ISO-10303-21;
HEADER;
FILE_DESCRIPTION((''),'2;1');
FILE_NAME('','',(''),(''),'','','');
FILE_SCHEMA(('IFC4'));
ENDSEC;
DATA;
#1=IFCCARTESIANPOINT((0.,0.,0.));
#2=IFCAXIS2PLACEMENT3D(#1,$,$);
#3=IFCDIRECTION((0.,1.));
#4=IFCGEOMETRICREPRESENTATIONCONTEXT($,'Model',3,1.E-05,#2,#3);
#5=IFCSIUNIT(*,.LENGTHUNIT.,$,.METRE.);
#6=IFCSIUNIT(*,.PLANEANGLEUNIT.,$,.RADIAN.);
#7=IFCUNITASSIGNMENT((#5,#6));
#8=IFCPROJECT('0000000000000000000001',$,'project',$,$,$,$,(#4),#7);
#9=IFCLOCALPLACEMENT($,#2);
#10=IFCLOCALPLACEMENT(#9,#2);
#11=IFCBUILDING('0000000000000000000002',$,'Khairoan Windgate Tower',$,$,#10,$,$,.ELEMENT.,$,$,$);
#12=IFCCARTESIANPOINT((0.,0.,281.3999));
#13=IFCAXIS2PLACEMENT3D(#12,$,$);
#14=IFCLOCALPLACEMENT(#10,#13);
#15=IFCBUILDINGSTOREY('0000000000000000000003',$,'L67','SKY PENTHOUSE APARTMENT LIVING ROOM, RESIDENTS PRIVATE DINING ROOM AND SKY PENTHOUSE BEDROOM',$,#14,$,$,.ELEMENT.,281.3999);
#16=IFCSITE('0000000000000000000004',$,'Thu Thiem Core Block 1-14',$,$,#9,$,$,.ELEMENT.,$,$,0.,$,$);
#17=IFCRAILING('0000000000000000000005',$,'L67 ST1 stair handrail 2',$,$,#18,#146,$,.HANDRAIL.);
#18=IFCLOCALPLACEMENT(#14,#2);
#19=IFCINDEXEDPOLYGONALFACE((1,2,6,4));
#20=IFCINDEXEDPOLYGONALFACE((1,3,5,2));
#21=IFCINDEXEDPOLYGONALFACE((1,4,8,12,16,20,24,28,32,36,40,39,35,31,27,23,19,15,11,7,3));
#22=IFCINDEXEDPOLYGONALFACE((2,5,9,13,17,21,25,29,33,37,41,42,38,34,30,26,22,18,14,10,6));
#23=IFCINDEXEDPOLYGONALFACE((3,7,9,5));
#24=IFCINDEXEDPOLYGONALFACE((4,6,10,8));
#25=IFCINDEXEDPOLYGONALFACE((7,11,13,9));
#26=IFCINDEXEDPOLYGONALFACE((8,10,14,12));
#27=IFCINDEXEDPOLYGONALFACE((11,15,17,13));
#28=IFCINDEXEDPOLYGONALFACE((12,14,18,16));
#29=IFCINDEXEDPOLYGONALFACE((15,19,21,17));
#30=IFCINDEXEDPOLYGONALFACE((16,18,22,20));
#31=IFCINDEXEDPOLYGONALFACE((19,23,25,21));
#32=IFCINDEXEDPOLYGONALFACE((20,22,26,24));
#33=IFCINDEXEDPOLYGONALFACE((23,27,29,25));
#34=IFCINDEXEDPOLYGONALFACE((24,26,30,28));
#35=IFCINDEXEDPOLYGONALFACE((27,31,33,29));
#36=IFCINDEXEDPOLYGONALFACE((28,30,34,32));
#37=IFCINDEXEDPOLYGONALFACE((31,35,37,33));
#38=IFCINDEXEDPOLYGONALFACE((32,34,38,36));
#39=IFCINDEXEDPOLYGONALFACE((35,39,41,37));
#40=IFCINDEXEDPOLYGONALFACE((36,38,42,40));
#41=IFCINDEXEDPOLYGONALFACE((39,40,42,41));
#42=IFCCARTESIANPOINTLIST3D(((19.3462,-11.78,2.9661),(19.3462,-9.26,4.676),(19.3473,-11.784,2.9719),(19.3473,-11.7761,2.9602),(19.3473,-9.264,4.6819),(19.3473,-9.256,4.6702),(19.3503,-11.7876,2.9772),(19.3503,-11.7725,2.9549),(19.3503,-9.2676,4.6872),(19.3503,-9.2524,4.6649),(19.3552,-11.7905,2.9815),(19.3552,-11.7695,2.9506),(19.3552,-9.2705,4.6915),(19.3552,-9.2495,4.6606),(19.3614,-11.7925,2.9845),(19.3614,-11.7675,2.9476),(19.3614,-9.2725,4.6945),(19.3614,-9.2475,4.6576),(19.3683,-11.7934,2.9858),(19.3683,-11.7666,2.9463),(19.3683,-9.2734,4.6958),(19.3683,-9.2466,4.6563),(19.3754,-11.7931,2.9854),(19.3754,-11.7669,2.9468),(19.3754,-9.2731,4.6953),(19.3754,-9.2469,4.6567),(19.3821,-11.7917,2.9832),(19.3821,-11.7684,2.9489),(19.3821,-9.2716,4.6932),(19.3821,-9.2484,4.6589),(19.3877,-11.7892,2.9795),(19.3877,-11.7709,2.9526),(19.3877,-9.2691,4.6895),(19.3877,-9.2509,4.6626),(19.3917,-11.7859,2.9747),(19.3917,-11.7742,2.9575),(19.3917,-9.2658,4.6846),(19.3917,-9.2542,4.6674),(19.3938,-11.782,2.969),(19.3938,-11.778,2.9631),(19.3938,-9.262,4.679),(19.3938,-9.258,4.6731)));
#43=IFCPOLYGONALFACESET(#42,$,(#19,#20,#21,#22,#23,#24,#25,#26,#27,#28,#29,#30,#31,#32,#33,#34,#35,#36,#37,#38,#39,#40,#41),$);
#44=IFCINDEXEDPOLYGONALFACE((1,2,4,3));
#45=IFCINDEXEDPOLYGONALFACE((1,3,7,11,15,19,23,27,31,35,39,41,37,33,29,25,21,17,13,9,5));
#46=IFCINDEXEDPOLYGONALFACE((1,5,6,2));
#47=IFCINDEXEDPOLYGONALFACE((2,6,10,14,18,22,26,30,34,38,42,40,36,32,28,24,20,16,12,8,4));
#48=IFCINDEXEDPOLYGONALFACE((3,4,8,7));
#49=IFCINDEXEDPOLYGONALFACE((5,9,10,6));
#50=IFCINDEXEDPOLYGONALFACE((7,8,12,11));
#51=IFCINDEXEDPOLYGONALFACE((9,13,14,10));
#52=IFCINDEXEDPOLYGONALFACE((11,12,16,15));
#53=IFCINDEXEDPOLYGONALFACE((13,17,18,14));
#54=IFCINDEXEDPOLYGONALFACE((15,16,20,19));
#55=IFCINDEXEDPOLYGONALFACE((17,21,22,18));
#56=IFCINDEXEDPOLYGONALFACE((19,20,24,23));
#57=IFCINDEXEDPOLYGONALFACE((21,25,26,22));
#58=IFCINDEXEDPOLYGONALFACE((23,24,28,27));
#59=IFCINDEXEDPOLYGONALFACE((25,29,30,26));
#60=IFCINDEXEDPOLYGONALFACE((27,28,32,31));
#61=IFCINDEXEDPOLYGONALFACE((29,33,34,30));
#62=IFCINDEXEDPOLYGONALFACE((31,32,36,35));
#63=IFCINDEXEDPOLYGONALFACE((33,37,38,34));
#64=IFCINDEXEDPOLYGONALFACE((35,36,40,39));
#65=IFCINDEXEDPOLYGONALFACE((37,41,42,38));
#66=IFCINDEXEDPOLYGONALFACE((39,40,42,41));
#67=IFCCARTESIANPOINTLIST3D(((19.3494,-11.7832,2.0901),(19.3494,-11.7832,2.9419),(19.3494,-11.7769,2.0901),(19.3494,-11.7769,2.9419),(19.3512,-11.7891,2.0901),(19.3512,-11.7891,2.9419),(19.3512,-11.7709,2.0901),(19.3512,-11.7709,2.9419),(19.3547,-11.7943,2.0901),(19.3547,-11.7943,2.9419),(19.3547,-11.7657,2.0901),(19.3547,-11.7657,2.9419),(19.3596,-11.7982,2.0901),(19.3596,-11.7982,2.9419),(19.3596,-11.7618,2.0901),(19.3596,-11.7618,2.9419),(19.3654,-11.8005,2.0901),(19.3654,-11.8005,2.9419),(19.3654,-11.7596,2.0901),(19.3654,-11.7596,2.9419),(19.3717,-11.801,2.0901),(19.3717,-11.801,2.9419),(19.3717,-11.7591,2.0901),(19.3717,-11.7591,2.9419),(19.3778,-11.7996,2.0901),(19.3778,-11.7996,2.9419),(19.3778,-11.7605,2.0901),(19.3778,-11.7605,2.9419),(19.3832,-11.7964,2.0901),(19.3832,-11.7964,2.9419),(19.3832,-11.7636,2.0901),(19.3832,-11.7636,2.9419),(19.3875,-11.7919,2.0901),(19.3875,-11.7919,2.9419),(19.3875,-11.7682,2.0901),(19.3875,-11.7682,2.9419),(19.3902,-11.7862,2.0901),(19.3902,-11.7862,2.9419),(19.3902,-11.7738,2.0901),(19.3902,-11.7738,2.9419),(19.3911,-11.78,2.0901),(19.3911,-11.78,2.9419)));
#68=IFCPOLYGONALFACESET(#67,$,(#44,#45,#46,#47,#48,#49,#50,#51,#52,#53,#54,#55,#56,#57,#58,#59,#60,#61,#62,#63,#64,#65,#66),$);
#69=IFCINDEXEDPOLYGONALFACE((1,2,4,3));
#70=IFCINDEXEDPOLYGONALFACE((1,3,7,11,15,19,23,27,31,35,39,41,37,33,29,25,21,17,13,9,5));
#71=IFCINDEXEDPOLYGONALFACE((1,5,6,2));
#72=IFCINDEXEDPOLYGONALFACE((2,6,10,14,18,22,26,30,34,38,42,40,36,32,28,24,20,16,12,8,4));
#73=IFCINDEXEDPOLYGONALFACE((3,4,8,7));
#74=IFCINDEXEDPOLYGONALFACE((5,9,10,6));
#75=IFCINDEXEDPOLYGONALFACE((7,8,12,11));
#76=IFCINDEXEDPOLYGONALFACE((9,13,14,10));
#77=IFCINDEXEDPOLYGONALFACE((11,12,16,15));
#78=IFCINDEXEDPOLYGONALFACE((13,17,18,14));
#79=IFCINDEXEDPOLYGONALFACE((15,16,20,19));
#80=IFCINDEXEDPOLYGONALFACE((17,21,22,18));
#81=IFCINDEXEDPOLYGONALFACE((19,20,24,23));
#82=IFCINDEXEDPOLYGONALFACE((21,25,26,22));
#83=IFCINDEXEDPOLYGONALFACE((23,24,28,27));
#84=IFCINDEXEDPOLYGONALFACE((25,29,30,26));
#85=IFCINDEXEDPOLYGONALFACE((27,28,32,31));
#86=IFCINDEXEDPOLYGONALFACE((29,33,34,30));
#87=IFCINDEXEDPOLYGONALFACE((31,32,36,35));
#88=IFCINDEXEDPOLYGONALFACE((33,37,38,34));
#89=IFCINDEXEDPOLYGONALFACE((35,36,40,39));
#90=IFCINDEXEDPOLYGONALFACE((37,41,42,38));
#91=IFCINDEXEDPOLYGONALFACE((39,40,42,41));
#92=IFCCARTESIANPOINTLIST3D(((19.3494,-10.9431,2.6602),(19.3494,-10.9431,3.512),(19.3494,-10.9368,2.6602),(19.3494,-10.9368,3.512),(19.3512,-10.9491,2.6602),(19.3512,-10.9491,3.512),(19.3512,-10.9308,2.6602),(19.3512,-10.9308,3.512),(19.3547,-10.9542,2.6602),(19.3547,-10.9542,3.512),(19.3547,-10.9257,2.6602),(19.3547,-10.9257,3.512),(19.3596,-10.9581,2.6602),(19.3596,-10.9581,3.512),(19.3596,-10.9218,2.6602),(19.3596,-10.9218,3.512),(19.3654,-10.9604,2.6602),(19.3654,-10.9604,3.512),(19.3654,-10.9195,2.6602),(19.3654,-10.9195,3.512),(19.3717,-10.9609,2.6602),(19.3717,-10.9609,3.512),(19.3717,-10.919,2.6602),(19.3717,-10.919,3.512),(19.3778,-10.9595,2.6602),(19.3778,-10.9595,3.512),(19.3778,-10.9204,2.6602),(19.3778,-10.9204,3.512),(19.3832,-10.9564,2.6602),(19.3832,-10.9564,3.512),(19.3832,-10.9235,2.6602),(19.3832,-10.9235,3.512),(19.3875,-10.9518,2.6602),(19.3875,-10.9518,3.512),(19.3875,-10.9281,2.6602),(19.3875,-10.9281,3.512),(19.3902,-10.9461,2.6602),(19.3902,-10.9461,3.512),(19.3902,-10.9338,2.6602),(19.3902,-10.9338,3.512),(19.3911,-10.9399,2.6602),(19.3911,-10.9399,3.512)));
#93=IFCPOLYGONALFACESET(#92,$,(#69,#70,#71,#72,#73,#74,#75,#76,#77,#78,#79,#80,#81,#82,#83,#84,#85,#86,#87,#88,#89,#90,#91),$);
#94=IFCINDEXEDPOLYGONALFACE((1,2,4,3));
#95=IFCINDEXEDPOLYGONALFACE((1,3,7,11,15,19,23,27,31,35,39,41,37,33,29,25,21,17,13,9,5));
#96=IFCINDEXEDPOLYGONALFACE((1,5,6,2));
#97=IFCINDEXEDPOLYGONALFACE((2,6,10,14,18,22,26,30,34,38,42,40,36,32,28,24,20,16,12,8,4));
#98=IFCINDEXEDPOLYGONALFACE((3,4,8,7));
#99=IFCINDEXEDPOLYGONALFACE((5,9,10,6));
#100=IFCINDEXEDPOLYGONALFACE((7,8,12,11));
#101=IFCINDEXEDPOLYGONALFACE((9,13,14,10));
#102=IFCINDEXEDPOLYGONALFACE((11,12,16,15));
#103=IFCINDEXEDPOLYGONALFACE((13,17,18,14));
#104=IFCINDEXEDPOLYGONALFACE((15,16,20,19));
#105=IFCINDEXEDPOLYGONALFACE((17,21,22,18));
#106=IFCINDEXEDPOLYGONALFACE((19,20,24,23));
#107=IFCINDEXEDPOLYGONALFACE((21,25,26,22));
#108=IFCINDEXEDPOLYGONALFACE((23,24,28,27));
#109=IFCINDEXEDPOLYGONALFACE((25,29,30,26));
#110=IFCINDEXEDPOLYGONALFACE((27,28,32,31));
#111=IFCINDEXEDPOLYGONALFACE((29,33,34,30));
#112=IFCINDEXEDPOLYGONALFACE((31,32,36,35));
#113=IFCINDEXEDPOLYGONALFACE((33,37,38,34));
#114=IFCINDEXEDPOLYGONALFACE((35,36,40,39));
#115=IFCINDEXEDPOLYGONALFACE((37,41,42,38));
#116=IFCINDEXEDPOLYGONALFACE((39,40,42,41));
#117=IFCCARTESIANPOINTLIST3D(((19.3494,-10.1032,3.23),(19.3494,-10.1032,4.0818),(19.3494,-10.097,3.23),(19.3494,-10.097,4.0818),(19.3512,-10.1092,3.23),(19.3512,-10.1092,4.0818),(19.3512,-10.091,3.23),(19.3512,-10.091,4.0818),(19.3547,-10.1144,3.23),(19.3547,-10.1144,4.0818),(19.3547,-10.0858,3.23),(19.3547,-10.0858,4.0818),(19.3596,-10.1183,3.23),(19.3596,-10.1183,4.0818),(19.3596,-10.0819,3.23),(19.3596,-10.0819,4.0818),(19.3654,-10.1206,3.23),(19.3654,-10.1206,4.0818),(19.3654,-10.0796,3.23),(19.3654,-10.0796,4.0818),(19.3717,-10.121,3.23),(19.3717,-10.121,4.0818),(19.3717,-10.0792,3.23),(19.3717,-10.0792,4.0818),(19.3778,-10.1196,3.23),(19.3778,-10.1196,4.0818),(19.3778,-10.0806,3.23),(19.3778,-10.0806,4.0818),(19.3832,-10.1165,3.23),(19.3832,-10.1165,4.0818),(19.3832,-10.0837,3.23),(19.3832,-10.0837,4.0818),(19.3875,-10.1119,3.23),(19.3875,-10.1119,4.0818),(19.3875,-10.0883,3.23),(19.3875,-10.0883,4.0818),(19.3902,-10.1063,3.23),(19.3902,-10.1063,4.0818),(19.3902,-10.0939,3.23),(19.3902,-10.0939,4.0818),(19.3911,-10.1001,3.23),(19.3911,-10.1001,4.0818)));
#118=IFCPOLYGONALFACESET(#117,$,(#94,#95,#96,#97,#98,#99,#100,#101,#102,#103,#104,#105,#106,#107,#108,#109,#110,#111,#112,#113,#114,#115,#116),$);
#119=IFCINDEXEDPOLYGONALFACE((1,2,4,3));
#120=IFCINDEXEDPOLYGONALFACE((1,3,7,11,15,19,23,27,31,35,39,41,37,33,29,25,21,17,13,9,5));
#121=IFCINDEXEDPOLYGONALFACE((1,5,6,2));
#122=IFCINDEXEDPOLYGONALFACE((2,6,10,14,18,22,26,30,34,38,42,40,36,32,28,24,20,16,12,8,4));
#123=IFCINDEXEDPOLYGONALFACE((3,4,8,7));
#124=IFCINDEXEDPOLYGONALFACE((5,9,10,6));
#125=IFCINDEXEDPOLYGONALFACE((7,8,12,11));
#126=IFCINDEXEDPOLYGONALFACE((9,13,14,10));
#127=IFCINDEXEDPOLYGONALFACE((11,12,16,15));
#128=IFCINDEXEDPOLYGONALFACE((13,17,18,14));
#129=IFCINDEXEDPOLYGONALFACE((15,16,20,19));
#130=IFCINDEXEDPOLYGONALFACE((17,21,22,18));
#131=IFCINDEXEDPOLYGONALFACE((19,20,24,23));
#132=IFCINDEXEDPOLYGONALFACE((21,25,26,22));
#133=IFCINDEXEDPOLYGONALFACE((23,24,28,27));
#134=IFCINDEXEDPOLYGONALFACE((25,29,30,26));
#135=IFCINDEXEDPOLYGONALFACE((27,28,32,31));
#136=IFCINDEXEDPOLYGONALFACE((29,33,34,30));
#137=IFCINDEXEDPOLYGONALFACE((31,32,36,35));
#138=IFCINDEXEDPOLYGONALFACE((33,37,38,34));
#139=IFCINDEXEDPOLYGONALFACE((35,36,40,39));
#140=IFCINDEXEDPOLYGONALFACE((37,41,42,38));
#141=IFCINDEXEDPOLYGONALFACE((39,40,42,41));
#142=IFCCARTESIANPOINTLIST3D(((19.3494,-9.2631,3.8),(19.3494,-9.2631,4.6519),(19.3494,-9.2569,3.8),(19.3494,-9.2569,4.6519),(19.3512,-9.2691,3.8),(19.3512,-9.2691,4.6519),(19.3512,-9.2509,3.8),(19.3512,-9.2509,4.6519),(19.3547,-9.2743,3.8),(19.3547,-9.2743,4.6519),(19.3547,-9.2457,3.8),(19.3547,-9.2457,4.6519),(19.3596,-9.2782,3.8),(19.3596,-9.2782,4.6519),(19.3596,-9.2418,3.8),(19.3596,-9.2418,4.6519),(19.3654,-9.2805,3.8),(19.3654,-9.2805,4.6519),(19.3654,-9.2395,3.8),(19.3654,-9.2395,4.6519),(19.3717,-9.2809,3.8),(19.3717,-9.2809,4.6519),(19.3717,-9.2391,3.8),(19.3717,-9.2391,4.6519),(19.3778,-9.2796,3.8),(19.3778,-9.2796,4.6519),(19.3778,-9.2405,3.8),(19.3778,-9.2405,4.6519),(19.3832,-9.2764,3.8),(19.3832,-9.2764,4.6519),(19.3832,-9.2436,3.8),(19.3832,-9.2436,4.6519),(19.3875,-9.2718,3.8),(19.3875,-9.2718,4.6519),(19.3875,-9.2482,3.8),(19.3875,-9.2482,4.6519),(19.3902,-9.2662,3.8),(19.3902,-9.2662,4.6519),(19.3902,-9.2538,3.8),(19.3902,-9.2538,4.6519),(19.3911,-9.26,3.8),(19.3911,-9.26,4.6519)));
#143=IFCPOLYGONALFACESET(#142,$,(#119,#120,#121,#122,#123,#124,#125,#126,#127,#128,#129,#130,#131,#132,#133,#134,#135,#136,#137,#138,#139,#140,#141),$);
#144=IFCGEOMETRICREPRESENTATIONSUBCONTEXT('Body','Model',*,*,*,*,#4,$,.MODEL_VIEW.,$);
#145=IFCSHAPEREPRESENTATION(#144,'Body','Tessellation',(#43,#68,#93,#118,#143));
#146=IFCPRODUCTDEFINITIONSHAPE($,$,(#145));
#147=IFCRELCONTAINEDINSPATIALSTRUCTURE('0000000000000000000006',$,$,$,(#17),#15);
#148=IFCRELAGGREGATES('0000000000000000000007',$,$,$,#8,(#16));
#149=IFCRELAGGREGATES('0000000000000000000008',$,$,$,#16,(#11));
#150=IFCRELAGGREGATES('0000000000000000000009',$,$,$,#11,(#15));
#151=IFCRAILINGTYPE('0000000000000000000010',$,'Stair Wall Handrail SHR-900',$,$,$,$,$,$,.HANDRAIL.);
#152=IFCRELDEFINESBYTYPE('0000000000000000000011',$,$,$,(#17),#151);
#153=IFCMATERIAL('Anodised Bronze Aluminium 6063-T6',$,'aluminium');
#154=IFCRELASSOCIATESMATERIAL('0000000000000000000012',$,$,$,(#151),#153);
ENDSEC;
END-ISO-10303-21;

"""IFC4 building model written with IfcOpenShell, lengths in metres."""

from ifc_helpers import new_model, si_unit, direction, frame, origin, origin_2d, place, context, subcontext, project, spatial, circle, extrude, material, type_object, element, save


model = new_model("IFC4")

# Units and contexts
model_context = context("Model", 3, precision=1e-05, world=origin(), true_north=direction((0.0, 1.0)))
body_context = subcontext(model_context, "Body", "Model", "MODEL_VIEW")
ifc_project = project(units=[si_unit("LENGTHUNIT", "METRE"), si_unit("PLANEANGLEUNIT", "RADIAN")], contexts=[model_context])

# Site, building, storey
site_placement = place(None, origin())
site = spatial("IfcSite", under=ifc_project, at=site_placement, Name="Thu Thiem Core Block 1-14", CompositionType="ELEMENT", RefElevation=0.0)
building_placement = place(site_placement, origin())
building = spatial("IfcBuilding", under=site, at=building_placement, Name="Khairoan Windgate Tower", CompositionType="ELEMENT")
storey_placement = place(building_placement, frame((0.0, 0.0, 281.3999)))
storey = spatial("IfcBuildingStorey", under=building, at=storey_placement, Name="L67", Description="SKY PENTHOUSE APARTMENT LIVING ROOM, RESIDENTS PRIVATE DINING ROOM AND SKY PENTHOUSE BEDROOM", CompositionType="ELEMENT", Elevation=281.3999)

# Railing
ifc_material_1 = material(Name="Anodised Bronze Aluminium 6063-T6", Category="aluminium")
railing_type_1 = type_object("IfcRailingType", Name="Stair Wall Handrail SHR-900", PredefinedType="HANDRAIL", material=ifc_material_1)
railing_1_placement = place(storey_placement, frame((19.3701, -11.78, 2.0901)))
element("IfcRailing", 1, at=railing_1_placement, inside=storey, type_object=railing_type_1, Name="L67 ST1 stair handrail 2", PredefinedType="HANDRAIL", context=body_context, shape_type="SweptSolid", body=[
    extrude(circle(Radius=0.0239, at=origin_2d()), frame((0.0, 0.0, 0.876), z_axis=(0.0, 0.827484, 0.56149), x_axis=(-1.0, 0.0, 0.0)), (0.0, 0.0, 1.0), 3.0454),
    extrude(circle(Radius=0.021, at=origin_2d()), origin(), (0.0, 0.0, 1.0), 0.8518),
    extrude(circle(Radius=0.021, at=origin_2d()), frame((0.0, 0.8401, 0.5701)), (0.0, 0.0, 1.0), 0.8518),
    extrude(circle(Radius=0.021, at=origin_2d()), frame((0.0, 1.6799, 1.1399)), (0.0, 0.0, 1.0), 0.8518),
    extrude(circle(Radius=0.021, at=origin_2d()), frame((0.0, 2.52, 1.71)), (0.0, 0.0, 1.0), 0.8518),
])

save(model, "model.ifc")
